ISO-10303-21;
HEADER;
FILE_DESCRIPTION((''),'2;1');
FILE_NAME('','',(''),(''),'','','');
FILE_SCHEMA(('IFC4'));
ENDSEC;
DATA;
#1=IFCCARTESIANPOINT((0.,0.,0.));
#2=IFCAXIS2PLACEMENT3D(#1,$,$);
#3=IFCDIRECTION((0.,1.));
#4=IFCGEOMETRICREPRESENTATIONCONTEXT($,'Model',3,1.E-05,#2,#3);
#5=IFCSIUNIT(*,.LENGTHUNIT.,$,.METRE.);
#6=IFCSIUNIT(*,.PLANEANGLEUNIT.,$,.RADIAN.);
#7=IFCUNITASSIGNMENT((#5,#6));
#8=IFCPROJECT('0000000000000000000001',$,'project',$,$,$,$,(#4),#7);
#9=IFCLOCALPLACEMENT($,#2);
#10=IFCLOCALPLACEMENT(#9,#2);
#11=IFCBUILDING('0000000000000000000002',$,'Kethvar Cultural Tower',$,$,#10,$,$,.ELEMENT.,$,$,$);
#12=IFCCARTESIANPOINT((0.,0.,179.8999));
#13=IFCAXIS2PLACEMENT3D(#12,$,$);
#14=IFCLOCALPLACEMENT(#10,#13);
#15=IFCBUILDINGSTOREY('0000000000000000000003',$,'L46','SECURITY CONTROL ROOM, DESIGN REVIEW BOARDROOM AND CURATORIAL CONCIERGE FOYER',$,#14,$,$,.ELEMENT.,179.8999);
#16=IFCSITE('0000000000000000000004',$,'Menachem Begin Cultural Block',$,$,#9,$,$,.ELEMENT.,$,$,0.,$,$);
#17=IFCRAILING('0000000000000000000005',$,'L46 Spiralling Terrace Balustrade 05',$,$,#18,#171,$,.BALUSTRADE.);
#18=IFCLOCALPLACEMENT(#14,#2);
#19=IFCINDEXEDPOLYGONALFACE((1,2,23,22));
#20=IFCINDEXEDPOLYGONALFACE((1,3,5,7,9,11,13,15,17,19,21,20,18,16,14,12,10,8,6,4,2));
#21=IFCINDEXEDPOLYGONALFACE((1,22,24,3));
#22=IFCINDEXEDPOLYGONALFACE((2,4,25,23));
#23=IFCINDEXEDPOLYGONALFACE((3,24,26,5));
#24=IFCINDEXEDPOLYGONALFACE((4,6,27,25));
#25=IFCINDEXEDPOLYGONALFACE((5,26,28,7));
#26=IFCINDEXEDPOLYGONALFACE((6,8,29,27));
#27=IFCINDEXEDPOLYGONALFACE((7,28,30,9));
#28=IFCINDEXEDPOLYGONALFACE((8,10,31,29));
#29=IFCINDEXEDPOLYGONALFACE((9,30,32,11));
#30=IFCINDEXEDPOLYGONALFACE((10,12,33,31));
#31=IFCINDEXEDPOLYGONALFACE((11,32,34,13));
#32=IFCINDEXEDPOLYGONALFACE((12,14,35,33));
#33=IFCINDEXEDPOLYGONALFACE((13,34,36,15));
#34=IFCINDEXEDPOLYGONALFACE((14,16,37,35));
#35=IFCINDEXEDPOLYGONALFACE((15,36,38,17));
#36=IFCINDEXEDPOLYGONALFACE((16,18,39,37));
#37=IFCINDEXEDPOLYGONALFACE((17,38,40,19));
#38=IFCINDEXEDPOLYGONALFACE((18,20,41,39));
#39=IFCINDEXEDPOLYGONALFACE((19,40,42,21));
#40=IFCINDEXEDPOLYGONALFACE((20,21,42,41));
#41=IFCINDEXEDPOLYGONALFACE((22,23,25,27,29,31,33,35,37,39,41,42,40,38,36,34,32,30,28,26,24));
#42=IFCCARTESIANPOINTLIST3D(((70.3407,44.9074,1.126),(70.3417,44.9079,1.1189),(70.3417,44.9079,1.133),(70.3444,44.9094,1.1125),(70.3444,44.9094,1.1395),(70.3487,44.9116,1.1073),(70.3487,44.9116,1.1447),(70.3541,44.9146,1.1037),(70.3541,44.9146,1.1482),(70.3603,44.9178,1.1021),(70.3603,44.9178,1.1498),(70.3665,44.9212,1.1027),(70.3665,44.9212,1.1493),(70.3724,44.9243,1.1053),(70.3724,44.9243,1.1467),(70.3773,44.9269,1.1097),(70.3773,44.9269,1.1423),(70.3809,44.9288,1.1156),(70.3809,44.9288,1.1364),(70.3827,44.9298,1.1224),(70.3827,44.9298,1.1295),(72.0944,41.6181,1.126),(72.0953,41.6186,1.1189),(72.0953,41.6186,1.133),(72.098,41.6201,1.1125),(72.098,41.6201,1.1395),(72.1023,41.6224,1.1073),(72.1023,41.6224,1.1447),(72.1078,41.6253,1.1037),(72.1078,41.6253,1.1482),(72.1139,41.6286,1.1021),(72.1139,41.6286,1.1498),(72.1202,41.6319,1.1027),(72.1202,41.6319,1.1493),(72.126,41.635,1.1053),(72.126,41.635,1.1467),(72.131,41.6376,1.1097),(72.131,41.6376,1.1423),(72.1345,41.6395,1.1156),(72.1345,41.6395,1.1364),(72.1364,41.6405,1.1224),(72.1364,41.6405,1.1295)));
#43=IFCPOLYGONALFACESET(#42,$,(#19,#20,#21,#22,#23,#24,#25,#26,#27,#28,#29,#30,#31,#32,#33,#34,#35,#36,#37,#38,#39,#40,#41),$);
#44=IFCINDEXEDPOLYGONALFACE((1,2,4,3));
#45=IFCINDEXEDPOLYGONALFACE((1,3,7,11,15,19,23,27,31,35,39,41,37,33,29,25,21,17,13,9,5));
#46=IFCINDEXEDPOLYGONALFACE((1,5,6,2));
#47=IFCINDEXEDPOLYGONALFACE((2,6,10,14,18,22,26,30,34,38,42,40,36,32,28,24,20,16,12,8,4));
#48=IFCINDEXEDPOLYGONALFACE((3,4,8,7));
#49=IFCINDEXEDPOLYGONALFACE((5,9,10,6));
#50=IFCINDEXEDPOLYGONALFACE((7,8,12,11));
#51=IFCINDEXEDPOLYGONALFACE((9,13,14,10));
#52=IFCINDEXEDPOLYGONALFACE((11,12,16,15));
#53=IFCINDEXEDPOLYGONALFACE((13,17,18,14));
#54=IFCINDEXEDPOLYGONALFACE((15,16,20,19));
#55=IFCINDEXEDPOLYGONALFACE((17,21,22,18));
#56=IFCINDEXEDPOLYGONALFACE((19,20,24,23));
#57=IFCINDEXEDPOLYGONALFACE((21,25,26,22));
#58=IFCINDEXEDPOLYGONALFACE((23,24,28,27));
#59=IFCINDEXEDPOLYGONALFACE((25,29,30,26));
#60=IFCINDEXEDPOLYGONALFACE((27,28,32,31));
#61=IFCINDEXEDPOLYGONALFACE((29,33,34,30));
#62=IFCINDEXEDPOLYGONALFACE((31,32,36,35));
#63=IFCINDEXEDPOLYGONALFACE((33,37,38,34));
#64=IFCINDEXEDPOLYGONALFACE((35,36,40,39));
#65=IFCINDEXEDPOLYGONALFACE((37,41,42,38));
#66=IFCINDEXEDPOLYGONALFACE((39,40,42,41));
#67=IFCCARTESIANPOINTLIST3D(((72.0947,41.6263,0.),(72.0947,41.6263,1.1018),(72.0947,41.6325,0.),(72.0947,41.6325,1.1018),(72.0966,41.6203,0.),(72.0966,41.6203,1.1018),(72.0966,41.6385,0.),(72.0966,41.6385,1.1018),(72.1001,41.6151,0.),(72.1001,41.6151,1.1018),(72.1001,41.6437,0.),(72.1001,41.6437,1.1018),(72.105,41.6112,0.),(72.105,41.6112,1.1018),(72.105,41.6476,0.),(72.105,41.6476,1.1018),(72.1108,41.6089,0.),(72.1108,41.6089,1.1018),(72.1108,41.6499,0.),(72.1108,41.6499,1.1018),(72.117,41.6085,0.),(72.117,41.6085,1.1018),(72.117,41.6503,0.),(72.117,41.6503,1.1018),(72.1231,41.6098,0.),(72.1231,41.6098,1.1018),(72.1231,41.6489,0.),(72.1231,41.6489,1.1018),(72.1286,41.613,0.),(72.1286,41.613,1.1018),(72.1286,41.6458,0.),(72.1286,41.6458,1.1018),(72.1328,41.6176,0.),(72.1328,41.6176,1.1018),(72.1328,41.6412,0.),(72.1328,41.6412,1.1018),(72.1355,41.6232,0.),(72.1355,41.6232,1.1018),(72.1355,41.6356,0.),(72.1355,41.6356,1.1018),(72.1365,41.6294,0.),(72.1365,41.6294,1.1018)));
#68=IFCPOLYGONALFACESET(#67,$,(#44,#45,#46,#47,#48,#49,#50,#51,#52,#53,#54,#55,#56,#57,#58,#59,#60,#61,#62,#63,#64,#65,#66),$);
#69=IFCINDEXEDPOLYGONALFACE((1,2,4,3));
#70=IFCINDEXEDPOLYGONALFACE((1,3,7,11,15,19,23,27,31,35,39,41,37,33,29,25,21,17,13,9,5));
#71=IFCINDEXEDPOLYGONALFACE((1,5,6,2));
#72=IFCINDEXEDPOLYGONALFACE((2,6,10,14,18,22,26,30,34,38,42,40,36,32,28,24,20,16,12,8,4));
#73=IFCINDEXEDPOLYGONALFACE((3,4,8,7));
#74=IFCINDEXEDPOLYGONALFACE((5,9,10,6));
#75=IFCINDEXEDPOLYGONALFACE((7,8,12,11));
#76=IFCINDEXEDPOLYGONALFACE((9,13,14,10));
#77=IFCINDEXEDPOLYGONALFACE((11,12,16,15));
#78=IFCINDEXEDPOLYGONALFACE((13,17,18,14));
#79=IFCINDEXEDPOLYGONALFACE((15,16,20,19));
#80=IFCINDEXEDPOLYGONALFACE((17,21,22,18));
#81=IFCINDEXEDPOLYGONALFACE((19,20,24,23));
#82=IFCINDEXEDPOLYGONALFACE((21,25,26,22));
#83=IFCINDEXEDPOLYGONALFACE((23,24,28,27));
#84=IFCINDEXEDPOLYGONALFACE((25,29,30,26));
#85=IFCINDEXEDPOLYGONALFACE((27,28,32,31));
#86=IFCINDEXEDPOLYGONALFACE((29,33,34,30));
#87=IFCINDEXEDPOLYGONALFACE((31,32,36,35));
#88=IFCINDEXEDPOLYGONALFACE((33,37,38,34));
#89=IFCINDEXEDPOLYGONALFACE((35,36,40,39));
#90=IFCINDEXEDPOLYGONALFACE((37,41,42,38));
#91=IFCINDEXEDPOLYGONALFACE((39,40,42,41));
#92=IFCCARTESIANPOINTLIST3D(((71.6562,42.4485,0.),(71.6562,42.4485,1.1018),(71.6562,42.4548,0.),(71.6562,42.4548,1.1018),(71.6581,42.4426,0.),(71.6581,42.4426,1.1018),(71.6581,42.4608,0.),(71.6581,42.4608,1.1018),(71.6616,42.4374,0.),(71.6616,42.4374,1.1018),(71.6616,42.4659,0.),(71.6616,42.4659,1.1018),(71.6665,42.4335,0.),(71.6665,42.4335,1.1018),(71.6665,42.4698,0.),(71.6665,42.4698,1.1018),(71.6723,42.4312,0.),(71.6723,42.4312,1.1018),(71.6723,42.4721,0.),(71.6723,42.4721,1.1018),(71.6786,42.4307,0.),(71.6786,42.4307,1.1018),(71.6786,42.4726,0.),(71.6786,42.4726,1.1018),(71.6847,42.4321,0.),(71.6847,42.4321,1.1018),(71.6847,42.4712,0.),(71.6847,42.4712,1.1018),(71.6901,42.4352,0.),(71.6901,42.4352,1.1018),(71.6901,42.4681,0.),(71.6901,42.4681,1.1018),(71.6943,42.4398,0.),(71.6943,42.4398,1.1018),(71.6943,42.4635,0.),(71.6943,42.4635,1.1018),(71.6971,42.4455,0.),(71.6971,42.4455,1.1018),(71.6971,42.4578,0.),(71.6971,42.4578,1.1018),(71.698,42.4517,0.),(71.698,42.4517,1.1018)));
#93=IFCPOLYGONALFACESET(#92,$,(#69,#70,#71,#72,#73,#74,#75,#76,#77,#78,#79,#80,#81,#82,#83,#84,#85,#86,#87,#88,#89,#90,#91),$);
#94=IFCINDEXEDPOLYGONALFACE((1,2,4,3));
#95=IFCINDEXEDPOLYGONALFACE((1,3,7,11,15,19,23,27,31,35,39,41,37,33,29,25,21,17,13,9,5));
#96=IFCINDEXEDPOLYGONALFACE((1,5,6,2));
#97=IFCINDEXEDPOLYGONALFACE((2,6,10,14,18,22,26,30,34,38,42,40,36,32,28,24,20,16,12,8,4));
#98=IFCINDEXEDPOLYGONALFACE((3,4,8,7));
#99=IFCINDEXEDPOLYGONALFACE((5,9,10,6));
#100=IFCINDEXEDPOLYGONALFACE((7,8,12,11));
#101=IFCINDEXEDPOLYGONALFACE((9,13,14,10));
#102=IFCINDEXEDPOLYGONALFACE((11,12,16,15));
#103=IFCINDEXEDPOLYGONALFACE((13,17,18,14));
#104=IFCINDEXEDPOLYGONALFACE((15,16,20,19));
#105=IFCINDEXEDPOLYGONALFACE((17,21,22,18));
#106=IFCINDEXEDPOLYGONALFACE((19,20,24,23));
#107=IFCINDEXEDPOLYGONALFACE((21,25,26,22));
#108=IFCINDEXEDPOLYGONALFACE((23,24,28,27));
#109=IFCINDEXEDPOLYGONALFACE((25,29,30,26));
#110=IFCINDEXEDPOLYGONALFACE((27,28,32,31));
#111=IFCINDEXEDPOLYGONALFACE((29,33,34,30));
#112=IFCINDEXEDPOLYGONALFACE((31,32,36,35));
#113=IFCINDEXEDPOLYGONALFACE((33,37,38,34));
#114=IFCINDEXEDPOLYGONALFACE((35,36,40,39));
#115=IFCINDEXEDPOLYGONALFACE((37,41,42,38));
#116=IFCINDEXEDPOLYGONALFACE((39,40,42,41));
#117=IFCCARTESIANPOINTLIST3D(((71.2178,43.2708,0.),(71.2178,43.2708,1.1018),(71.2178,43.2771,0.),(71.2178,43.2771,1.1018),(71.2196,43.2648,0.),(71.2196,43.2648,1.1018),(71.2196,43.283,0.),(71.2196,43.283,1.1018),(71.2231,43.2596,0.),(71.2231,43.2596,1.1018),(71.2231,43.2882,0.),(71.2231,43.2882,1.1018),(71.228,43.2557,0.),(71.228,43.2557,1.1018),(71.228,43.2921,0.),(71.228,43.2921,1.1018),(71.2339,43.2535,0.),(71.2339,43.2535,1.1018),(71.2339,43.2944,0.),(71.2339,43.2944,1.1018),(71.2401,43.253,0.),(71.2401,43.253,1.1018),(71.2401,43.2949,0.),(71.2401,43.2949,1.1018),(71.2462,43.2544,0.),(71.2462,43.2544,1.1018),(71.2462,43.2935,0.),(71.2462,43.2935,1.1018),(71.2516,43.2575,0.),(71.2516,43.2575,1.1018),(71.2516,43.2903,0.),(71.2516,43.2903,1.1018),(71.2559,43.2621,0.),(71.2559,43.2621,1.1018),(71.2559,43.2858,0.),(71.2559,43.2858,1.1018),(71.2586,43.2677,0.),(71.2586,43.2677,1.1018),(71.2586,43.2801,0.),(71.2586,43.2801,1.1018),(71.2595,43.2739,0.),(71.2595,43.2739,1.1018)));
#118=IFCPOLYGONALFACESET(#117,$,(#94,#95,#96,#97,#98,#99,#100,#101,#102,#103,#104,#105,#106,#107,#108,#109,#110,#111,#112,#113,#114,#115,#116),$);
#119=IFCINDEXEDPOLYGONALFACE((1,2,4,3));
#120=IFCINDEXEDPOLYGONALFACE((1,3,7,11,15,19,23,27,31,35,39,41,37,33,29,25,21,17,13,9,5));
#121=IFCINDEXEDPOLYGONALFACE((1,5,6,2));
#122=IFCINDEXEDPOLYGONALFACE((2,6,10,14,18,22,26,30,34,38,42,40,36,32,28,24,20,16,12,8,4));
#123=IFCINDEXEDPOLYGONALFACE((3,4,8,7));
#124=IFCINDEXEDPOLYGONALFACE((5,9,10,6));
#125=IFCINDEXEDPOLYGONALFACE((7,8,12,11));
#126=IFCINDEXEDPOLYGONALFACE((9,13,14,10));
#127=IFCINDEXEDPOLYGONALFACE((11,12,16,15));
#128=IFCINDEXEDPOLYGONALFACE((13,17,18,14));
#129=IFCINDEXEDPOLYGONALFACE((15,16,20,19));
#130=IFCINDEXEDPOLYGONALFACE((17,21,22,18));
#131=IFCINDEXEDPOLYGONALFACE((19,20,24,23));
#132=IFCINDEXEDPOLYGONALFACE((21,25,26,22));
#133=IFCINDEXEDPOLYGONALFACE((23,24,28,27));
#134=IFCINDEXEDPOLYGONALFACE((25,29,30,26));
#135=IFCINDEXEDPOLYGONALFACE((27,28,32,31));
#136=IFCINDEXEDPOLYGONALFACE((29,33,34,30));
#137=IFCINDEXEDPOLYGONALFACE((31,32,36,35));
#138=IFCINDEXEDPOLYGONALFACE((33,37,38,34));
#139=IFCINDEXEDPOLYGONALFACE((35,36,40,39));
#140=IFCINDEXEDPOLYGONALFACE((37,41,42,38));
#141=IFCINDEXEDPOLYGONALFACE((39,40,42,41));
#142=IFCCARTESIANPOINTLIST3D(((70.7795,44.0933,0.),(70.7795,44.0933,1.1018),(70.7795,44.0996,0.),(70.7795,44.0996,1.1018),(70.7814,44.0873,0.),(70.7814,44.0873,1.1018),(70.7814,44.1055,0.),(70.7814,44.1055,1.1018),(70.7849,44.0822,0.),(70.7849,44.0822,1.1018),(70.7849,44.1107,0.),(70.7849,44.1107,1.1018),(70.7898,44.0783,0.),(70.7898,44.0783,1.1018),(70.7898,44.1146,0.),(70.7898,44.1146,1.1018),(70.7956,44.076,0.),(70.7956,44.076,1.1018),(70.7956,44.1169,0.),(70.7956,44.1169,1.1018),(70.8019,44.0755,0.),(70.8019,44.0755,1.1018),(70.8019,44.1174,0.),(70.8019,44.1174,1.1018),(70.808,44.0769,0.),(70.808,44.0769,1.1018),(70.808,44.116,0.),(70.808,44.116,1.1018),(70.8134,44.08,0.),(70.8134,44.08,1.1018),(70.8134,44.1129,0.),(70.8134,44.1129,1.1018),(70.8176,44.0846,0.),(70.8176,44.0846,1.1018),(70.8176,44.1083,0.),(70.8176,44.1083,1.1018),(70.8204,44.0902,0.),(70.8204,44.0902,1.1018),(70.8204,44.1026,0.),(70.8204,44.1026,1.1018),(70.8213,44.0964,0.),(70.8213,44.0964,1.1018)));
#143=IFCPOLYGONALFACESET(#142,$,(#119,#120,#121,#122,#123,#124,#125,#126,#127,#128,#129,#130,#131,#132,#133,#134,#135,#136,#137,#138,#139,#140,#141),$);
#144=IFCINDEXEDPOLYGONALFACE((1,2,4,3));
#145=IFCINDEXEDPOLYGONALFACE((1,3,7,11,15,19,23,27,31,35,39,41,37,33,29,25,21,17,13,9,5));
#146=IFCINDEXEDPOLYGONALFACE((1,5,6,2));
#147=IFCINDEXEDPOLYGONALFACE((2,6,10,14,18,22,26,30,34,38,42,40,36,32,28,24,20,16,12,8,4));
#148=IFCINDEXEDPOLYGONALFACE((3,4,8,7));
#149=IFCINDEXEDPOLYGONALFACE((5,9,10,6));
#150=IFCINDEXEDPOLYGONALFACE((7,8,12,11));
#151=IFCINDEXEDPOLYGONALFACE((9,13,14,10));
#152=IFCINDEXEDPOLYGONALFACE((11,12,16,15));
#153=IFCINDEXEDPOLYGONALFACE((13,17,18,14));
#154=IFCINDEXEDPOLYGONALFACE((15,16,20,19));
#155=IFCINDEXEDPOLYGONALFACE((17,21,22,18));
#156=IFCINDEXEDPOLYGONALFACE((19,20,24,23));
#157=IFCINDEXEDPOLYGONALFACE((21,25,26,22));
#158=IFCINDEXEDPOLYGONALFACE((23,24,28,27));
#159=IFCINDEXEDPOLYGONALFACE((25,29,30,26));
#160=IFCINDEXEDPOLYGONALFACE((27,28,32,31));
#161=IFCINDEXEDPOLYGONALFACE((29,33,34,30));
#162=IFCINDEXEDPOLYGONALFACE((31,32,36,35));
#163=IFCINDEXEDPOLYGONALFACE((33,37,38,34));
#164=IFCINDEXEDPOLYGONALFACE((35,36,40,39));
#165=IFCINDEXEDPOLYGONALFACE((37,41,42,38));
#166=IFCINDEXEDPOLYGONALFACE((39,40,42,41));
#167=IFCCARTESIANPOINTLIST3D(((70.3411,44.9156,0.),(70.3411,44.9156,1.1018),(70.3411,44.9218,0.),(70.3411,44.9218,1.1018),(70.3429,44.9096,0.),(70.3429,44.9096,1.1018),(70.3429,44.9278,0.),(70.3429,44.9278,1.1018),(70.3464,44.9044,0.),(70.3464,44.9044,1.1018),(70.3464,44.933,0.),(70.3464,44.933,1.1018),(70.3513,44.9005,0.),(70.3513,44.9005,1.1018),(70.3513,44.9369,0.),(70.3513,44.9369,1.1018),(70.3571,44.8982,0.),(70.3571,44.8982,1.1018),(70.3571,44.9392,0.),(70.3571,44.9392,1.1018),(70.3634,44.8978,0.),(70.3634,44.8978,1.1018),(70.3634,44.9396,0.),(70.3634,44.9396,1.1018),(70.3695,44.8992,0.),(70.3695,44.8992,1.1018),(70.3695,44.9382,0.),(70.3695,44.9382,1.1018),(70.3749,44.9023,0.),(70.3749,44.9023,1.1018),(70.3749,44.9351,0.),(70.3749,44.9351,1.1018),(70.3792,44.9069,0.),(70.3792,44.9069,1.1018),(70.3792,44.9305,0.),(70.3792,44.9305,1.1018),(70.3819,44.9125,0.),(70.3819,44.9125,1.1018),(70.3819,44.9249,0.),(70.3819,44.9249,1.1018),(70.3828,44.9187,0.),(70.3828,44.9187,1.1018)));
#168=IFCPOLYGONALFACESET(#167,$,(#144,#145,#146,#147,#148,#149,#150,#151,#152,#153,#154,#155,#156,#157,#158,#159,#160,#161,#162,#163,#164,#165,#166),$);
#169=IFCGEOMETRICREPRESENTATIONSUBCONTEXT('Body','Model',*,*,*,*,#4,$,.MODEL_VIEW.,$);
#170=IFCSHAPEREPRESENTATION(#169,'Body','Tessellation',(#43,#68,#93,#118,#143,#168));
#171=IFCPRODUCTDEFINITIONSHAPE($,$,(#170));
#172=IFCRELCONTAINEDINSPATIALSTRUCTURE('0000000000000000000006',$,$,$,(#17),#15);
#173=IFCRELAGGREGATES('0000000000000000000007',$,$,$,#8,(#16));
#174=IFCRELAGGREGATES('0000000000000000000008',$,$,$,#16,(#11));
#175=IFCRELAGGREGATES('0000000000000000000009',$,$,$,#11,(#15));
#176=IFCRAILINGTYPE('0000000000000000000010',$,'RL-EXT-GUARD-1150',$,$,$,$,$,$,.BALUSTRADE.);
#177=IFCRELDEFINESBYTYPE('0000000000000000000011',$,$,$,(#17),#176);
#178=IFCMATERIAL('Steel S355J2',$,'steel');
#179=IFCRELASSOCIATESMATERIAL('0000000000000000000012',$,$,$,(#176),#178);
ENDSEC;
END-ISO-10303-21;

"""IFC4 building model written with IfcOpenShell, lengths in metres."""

from ifc_helpers import new_model, si_unit, direction, frame, origin, origin_2d, place, context, subcontext, project, spatial, circle, extrude, material, type_object, element, save


model = new_model("IFC4")

# Units and contexts
model_context = context("Model", 3, precision=1e-05, world=origin(), true_north=direction((0.0, 1.0)))
body_context = subcontext(model_context, "Body", "Model", "MODEL_VIEW")
ifc_project = project(units=[si_unit("LENGTHUNIT", "METRE"), si_unit("PLANEANGLEUNIT", "RADIAN")], contexts=[model_context])

# Site, building, storey
site_placement = place(None, origin())
site = spatial("IfcSite", under=ifc_project, at=site_placement, Name="Menachem Begin Cultural Block", CompositionType="ELEMENT", RefElevation=0.0)
building_placement = place(site_placement, origin())
building = spatial("IfcBuilding", under=site, at=building_placement, Name="Kethvar Cultural Tower", CompositionType="ELEMENT")
storey_placement = place(building_placement, frame((0.0, 0.0, 179.8999)))
storey = spatial("IfcBuildingStorey", under=building, at=storey_placement, Name="L46", Description="SECURITY CONTROL ROOM, DESIGN REVIEW BOARDROOM AND CURATORIAL CONCIERGE FOYER", CompositionType="ELEMENT", Elevation=179.8999)

# Shared definitions
ifc_material_1 = material(Name="Steel S355J2", Category="steel")

# Railing
railing_type = type_object("IfcRailingType", Name="RL-EXT-GUARD-1150", PredefinedType="BALUSTRADE", material=ifc_material_1)
railing_1_placement = place(storey_placement, frame((72.1155, 41.6294, 0.0)))
element("IfcRailing", 1, at=railing_1_placement, inside=storey, type_object=railing_type, Name="L46 Spiralling Terrace Balustrade 05", PredefinedType="BALUSTRADE", context=body_context, shape_type="SweptSolid", body=[
    extrude(circle(Radius=0.0239, at=origin_2d()), frame((0.0, 0.0, 1.126), z_axis=(-0.470456, 0.882424, 0.0), x_axis=(-0.882424, -0.470456, 0.0)), (0.0, 0.0, 1.0), 3.7275),
    extrude(circle(Radius=0.021, at=origin_2d()), origin(), (0.0, 0.0, 1.0), 1.1018),
    extrude(circle(Radius=0.021, at=origin_2d()), frame((-0.4385, 0.8223, 0.0)), (0.0, 0.0, 1.0), 1.1018),
    extrude(circle(Radius=0.021, at=origin_2d()), frame((-0.877, 1.6445, 0.0)), (0.0, 0.0, 1.0), 1.1018),
    extrude(circle(Radius=0.021, at=origin_2d()), frame((-1.3152, 2.467, 0.0)), (0.0, 0.0, 1.0), 1.1018),
    extrude(circle(Radius=0.021, at=origin_2d()), frame((-1.7537, 3.2893, 0.0)), (0.0, 0.0, 1.0), 1.1018),
])

save(model, "model.ifc")
